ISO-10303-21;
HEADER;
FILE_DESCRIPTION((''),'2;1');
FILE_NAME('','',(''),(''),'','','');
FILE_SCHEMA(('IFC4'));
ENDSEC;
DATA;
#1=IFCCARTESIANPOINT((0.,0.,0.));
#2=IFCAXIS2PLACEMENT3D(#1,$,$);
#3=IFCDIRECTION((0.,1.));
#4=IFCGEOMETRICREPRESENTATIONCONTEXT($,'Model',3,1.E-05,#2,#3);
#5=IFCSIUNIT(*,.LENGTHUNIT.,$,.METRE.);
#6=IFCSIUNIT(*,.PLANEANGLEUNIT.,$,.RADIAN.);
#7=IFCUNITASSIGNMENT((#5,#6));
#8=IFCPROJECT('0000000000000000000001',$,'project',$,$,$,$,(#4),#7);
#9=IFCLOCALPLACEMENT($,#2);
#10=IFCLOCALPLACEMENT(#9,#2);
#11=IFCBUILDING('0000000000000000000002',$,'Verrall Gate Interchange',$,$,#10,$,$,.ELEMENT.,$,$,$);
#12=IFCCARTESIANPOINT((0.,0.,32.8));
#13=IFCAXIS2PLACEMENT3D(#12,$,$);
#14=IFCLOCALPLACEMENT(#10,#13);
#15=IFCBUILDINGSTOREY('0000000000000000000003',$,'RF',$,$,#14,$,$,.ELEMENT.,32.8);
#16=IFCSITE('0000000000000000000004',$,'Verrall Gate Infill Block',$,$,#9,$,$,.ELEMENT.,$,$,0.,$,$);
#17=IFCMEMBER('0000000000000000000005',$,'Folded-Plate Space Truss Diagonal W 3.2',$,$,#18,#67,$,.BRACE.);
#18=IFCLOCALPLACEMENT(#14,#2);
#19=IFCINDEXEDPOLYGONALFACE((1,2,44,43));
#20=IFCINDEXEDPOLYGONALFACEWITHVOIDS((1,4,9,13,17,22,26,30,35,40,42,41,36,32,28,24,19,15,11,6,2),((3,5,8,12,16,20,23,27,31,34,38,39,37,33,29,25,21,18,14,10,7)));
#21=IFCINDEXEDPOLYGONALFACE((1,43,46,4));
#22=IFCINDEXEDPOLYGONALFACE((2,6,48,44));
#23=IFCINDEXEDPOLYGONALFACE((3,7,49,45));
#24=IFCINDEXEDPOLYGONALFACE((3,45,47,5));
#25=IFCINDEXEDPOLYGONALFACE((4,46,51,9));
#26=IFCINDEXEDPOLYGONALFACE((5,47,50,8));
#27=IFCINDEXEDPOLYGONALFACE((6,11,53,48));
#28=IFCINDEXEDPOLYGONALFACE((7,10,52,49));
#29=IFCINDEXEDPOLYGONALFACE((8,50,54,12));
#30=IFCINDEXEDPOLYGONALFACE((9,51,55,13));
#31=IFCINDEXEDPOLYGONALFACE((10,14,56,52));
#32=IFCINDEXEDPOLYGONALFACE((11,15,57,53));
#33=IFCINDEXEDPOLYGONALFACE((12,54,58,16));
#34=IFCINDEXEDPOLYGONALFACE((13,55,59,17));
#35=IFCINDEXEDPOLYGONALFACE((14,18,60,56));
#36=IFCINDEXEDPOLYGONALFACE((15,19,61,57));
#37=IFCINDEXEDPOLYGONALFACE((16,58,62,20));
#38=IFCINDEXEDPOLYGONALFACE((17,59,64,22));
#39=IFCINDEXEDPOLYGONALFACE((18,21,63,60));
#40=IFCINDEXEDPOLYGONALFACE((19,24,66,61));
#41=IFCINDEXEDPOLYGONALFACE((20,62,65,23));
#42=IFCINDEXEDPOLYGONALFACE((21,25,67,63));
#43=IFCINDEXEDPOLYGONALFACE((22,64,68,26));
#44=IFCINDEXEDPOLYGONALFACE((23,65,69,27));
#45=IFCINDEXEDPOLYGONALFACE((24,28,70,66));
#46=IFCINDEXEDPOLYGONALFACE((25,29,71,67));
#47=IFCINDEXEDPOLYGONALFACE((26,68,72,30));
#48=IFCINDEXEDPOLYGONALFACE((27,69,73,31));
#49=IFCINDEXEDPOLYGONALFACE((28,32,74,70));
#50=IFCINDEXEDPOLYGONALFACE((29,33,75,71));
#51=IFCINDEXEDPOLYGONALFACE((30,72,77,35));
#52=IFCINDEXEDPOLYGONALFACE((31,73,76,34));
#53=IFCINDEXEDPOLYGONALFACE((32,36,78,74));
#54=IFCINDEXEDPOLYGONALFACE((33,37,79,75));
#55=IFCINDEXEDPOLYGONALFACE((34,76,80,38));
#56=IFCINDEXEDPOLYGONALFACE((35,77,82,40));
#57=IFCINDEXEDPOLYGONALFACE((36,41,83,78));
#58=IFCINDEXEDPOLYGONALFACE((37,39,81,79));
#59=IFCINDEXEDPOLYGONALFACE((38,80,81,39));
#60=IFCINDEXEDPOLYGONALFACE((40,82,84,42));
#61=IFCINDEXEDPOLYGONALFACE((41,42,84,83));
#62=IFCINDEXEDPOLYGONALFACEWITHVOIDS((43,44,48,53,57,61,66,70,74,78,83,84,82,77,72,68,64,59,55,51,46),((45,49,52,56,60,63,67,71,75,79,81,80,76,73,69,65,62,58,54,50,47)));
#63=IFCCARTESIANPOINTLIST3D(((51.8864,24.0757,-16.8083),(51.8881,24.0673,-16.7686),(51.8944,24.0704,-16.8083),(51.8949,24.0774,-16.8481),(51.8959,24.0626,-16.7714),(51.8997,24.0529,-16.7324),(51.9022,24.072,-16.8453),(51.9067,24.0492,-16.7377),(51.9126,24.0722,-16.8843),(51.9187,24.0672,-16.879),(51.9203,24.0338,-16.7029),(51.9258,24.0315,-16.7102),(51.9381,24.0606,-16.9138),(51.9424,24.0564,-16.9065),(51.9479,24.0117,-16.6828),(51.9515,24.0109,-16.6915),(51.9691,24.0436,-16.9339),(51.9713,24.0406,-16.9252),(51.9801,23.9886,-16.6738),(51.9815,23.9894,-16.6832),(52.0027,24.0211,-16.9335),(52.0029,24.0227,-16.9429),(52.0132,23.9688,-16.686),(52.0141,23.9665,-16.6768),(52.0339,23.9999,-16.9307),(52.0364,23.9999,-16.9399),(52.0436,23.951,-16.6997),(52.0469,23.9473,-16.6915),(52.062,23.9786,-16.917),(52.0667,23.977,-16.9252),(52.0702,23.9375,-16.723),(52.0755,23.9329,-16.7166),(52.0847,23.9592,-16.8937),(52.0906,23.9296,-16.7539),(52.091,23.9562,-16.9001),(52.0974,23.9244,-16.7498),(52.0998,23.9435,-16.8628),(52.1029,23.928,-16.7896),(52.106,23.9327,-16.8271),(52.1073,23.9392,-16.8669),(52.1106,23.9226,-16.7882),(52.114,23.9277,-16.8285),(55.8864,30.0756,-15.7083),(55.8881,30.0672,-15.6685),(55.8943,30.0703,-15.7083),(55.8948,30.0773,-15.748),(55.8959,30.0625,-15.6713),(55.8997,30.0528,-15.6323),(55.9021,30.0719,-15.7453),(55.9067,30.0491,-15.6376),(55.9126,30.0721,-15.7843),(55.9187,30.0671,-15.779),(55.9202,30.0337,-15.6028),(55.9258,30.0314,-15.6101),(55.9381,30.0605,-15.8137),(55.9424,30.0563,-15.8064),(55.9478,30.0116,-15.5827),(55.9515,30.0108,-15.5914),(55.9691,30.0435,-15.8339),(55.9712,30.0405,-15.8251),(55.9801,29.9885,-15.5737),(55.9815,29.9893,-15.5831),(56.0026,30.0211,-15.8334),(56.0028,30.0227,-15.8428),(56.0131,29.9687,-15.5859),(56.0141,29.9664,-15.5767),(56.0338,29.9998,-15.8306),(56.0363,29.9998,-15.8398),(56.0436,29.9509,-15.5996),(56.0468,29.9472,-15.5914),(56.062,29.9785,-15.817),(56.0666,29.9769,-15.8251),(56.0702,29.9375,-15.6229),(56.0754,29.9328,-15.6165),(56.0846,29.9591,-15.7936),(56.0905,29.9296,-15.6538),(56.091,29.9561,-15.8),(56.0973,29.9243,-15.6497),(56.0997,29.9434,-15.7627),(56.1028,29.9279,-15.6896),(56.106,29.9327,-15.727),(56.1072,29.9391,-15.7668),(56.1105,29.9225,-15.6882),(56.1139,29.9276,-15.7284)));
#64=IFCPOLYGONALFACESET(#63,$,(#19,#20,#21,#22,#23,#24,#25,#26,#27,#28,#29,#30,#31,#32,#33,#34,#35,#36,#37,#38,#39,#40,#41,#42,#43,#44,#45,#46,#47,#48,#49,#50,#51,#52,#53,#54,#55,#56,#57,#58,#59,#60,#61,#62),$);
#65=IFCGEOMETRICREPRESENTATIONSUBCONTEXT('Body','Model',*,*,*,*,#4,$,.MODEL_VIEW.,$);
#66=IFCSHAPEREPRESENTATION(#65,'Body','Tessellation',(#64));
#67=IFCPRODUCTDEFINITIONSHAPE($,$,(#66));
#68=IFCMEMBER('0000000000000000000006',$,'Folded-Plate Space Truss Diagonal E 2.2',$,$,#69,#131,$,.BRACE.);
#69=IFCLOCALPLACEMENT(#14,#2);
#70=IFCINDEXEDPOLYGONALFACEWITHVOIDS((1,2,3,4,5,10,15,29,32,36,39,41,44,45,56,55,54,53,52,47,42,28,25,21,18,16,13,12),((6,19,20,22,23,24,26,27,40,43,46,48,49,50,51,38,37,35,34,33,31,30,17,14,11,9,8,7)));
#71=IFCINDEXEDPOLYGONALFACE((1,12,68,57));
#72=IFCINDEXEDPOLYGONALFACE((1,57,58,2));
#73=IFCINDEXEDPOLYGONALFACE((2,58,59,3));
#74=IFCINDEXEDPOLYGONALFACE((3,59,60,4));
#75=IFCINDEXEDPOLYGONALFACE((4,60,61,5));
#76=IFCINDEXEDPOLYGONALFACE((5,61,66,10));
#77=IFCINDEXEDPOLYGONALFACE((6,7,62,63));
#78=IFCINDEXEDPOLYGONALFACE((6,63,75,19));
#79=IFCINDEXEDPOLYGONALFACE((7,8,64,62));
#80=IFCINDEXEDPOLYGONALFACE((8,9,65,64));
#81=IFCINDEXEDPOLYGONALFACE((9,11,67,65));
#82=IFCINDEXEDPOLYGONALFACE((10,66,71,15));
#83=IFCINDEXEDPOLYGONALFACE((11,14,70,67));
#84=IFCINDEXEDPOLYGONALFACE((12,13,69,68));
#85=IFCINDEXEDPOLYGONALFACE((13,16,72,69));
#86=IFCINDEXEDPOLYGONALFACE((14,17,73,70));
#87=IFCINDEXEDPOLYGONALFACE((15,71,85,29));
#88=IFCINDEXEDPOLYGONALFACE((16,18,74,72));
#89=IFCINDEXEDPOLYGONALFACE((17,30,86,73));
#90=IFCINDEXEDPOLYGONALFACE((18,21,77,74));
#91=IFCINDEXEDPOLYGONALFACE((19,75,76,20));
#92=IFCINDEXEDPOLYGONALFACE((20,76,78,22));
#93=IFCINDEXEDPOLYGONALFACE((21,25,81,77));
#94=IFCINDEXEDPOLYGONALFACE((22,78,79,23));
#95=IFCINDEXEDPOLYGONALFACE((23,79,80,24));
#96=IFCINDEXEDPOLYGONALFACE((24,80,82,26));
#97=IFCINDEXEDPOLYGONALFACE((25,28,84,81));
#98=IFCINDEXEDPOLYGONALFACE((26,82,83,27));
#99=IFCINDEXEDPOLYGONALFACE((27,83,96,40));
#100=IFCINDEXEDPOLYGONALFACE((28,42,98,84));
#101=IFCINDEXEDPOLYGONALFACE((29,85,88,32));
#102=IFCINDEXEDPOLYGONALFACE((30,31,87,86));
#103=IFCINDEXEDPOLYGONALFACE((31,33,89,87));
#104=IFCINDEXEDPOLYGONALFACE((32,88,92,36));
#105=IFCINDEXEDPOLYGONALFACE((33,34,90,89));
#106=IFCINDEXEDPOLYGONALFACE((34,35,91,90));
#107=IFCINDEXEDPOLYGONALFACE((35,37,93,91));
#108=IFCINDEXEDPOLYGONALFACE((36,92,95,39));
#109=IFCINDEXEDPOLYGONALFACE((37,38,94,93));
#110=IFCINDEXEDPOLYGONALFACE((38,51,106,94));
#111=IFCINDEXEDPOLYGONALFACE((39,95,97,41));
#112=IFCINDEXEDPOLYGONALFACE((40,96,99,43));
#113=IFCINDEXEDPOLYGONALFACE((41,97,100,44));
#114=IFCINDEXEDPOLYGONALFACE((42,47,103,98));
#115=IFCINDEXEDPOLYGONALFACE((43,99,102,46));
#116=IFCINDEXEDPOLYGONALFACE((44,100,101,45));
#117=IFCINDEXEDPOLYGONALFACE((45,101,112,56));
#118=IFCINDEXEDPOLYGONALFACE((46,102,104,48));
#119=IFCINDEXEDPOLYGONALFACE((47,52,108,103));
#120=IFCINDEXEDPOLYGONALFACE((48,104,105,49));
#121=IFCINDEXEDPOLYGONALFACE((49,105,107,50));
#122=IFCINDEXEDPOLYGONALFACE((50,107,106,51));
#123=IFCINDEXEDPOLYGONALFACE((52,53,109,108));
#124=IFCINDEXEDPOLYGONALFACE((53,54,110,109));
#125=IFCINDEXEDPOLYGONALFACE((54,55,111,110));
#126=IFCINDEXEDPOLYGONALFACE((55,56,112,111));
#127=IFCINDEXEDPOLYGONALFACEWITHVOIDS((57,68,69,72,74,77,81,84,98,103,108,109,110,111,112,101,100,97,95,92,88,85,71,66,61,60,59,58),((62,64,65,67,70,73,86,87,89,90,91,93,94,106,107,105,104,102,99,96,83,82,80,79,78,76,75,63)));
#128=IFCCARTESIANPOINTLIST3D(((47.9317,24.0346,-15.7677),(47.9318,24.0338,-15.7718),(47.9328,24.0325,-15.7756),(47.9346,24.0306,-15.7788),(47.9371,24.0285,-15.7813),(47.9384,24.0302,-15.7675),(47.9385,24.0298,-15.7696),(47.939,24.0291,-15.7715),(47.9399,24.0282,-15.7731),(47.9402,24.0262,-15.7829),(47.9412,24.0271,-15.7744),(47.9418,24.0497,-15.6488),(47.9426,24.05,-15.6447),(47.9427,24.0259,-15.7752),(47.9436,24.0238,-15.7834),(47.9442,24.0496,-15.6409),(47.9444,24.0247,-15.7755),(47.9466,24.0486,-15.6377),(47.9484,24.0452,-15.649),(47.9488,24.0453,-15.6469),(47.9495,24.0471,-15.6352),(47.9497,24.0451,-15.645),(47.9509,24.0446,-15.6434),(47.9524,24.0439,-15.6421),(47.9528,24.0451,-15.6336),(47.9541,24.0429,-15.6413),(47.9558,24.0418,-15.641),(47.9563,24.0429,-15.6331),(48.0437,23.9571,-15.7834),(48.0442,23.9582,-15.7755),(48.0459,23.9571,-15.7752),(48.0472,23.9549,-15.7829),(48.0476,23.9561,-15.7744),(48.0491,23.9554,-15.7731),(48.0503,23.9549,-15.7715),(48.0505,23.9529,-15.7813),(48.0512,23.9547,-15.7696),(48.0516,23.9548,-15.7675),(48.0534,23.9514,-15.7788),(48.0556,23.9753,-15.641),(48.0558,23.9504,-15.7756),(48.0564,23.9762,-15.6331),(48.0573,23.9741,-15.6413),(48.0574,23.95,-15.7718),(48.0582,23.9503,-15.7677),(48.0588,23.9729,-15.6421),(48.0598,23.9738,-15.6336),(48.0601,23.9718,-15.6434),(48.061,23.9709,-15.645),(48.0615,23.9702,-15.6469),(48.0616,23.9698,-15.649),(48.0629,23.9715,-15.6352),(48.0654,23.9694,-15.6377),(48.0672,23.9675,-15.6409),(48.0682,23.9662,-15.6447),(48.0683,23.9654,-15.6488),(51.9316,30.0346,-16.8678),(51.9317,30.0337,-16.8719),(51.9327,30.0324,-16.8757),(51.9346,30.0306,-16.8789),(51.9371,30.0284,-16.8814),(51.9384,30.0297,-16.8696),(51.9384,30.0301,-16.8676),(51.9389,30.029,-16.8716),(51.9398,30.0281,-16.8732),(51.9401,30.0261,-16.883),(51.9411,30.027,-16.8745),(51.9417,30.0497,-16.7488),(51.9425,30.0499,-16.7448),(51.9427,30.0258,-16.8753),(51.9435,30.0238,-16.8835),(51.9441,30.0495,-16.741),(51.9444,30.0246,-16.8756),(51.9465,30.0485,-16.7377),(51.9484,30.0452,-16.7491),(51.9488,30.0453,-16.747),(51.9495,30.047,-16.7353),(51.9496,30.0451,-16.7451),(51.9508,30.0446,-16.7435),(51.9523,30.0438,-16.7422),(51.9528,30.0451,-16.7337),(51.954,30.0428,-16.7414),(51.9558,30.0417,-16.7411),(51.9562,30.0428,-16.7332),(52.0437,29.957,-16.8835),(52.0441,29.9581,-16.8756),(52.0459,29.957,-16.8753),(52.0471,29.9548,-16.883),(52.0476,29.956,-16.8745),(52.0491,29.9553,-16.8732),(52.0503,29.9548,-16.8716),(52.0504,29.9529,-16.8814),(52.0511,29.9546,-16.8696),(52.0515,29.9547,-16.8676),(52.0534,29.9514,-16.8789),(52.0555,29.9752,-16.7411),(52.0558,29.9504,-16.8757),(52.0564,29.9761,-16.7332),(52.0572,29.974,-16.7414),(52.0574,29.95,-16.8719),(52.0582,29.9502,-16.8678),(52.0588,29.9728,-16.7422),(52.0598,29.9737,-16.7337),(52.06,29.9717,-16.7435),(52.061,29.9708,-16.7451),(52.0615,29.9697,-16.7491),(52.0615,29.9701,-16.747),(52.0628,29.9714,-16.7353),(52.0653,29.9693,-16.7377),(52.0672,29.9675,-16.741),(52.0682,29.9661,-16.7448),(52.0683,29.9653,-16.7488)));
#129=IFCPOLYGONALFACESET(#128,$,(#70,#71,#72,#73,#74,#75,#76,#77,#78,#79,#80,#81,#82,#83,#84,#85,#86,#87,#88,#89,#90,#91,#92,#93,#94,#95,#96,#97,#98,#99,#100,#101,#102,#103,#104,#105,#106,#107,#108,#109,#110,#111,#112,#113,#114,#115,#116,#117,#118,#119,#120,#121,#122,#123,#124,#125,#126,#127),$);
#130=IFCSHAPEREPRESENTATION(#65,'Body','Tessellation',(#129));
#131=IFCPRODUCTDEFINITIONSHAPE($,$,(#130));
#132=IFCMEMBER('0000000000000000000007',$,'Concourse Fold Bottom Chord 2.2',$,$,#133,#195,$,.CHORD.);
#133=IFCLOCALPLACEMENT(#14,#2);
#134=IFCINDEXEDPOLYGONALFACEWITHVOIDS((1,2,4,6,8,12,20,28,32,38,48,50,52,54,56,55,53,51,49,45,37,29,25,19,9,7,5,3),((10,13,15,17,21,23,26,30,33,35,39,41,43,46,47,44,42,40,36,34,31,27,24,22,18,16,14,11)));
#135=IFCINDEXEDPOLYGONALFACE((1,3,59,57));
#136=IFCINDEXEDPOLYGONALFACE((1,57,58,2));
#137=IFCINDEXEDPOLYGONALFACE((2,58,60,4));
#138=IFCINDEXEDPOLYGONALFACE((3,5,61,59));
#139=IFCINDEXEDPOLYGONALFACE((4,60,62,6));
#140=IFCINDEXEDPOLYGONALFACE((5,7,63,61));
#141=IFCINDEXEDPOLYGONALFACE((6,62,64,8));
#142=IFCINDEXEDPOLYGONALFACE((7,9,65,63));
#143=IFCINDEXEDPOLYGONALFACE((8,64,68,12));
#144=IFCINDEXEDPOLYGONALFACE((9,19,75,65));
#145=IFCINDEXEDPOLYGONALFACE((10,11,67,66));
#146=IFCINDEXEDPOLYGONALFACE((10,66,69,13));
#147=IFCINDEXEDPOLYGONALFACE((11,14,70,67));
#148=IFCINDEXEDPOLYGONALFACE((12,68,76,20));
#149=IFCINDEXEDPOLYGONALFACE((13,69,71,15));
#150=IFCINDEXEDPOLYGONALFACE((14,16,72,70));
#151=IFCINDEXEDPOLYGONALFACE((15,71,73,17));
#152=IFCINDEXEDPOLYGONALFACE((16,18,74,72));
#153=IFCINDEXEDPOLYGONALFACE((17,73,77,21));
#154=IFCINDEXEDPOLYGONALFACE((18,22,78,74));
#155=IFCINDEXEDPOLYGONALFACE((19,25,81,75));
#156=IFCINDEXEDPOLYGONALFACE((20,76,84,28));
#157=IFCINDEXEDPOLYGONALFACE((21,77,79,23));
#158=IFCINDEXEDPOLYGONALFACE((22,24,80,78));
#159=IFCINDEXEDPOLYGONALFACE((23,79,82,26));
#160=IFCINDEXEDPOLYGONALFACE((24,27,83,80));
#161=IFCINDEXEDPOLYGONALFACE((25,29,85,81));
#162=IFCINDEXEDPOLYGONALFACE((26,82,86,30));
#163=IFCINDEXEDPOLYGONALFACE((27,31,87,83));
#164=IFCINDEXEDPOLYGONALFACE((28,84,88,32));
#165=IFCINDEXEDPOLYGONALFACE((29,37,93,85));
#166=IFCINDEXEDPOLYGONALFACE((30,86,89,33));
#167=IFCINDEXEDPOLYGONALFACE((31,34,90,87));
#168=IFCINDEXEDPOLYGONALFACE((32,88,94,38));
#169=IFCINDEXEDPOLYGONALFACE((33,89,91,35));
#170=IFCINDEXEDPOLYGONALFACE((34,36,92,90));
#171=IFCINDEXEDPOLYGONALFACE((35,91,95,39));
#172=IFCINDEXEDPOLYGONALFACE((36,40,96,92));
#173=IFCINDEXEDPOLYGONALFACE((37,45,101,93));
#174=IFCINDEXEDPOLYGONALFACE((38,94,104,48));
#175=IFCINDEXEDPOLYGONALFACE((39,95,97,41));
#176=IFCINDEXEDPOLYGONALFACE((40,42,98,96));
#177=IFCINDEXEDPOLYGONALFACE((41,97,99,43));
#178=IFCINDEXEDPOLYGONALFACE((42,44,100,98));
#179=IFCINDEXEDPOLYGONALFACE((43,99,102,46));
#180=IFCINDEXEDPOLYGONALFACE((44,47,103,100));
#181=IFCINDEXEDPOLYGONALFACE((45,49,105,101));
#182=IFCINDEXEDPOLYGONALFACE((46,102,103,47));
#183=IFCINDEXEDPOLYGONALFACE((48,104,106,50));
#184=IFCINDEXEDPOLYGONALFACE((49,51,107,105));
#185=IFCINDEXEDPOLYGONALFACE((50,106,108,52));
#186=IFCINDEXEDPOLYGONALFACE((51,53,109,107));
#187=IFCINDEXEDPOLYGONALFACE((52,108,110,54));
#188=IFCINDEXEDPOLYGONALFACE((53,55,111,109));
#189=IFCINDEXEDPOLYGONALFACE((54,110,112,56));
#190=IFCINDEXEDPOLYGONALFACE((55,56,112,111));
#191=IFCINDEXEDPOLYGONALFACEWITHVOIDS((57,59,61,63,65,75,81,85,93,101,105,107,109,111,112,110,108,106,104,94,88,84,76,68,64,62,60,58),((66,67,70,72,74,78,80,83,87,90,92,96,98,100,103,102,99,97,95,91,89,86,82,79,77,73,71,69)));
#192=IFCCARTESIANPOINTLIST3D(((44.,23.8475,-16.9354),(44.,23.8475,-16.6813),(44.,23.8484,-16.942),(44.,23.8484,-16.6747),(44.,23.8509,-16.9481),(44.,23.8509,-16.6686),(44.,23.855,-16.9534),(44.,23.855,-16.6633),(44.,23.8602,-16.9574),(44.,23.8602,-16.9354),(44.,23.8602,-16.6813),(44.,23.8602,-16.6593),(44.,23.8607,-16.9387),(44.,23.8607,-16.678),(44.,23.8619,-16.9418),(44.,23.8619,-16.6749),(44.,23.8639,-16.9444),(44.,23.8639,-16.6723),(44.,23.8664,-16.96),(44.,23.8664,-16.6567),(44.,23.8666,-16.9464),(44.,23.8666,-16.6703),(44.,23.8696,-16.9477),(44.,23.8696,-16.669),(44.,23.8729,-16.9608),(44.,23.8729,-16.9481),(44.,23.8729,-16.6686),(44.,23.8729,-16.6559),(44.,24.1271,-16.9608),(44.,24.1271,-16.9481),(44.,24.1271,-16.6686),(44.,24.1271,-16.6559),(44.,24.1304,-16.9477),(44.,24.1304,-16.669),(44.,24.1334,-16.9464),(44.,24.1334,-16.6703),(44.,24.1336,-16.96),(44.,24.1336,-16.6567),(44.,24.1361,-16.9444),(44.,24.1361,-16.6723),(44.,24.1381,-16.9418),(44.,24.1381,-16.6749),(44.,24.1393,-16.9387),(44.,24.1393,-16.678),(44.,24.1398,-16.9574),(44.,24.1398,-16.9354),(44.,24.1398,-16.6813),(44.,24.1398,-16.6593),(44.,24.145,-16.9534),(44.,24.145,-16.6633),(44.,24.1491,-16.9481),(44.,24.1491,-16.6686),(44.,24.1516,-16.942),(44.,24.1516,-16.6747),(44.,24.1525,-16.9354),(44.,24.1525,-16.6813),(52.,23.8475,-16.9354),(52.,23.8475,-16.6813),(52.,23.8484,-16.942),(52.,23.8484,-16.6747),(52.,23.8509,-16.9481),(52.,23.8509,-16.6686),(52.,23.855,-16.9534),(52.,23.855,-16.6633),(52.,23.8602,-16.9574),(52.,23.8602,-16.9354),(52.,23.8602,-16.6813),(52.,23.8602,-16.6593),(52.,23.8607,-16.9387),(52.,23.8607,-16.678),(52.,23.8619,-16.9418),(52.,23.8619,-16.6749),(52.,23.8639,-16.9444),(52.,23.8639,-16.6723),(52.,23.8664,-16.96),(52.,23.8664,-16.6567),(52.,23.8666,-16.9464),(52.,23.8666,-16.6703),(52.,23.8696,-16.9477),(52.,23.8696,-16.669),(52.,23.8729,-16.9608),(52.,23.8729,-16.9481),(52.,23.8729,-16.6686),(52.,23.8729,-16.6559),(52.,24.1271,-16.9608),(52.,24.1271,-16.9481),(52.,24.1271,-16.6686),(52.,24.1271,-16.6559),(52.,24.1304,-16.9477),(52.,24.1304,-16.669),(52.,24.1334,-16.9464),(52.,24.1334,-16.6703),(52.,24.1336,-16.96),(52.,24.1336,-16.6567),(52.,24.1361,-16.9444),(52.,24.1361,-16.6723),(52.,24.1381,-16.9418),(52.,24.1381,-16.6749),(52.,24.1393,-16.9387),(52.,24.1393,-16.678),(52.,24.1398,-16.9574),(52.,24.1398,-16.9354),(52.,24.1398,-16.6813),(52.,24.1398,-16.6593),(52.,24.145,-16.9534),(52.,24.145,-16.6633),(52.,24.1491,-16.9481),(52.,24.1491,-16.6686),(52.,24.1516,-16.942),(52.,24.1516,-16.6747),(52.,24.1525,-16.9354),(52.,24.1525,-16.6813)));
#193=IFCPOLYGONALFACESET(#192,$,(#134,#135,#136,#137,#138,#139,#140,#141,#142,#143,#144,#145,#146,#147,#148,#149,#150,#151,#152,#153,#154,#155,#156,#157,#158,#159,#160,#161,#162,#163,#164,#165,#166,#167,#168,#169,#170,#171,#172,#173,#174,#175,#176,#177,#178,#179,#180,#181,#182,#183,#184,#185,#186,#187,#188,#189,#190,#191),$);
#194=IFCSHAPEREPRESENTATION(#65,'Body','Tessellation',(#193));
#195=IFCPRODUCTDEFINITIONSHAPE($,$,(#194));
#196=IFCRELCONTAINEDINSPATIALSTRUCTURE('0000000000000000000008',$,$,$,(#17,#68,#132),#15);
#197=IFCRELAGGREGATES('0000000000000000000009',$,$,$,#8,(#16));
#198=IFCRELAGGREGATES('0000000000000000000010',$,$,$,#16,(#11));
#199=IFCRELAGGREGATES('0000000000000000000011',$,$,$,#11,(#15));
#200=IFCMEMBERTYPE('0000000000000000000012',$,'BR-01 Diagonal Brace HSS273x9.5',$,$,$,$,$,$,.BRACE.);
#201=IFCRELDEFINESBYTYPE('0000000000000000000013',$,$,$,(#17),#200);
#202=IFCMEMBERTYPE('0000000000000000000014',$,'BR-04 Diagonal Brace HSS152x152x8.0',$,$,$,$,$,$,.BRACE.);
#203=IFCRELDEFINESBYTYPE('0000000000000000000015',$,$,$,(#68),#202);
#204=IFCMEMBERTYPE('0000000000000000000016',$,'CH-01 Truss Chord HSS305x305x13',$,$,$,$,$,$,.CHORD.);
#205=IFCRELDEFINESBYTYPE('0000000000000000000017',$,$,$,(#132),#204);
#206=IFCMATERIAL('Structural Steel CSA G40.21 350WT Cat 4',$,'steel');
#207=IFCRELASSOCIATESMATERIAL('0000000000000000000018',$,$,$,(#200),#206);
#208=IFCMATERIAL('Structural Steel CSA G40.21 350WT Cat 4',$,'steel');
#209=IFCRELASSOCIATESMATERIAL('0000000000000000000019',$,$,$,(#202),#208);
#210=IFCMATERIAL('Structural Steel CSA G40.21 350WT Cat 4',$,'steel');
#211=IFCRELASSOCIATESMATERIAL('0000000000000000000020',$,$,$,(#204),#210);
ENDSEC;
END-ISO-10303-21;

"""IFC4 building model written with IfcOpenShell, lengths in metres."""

from ifc_helpers import new_model, si_unit, direction, frame, origin, origin_2d, place, context, subcontext, project, spatial, hollow_rectangle, hollow_circle, extrude, material, material_profile, profile_set, type_object, element, save


model = new_model("IFC4")

# Units and contexts
model_context = context("Model", 3, precision=1e-05, world=origin(), true_north=direction((0.0, 1.0)))
body_context = subcontext(model_context, "Body", "Model", "MODEL_VIEW")
ifc_project = project(units=[si_unit("LENGTHUNIT", "METRE"), si_unit("PLANEANGLEUNIT", "RADIAN")], contexts=[model_context])

# Site, building, storey
site_placement = place(None, origin())
site = spatial("IfcSite", under=ifc_project, at=site_placement, Name="Verrall Gate Infill Block", CompositionType="ELEMENT", RefElevation=0.0)
building_placement = place(site_placement, origin())
building = spatial("IfcBuilding", under=site, at=building_placement, Name="Verrall Gate Interchange", CompositionType="ELEMENT")
storey_placement = place(building_placement, frame((0.0, 0.0, 32.8)))
storey = spatial("IfcBuildingStorey", under=building, at=storey_placement, Name="RF", CompositionType="ELEMENT", Elevation=32.8)

# Members
ifc_material_1 = material(Name="Structural Steel CSA G40.21 350WT Cat 4", Category="steel")
ifc_material_profile_1 = material_profile(ifc_material_1, hollow_circle(Radius=0.1365, WallThickness=0.0095, at=origin_2d()), Name="HSS273x9.5")
ifc_profile_set_1 = profile_set([ifc_material_profile_1], Name="Structural Steel CSA G40.21 350WT Cat 4")
member_type_1 = type_object("IfcMemberType", Name="BR-01 Diagonal Brace HSS273x9.5", PredefinedType="BRACE", material=ifc_profile_set_1)
for number, where, z_axis, x_axis, name in (
    (1, (52.0, 24.0, -16.8083), (0.548356, 0.822534, 0.150811), (-0.83205, 0.5547, 0.0), "Folded-Plate Space Truss Diagonal W 3.2"),
):
    element("IfcMember", number, at=place(storey_placement, frame(where, z_axis=z_axis, x_axis=x_axis)), inside=storey, type_object=member_type_1, Name=name, PredefinedType="BRACE", context=body_context, shape_type="SweptSolid", body=[
        extrude(hollow_circle(Radius=0.1365, WallThickness=0.0095, at=origin_2d()), origin(), (0.0, 0.0, 1.0), 7.2944),
    ])
ifc_material_2 = material(Name="Structural Steel CSA G40.21 350WT Cat 4", Category="steel")
ifc_material_profile_2 = material_profile(ifc_material_2, hollow_rectangle(XDim=0.1521, YDim=0.1521, WallThickness=0.0081, InnerFilletRadius=0.0081, OuterFilletRadius=0.0159, at=origin_2d()), Name="HSS152x152x8.0")
ifc_profile_set_2 = profile_set([ifc_material_profile_2], Name="Structural Steel CSA G40.21 350WT Cat 4")
member_type_2 = type_object("IfcMemberType", Name="BR-04 Diagonal Brace HSS152x152x8.0", PredefinedType="BRACE", material=ifc_profile_set_2)
member_1_placement = place(storey_placement, frame((48.0, 24.0, -15.7083), z_axis=(0.548356, 0.822534, -0.150811), x_axis=(-0.83205, 0.5547, 0.0)))
element("IfcMember", 2, at=member_1_placement, inside=storey, type_object=member_type_2, Name="Folded-Plate Space Truss Diagonal E 2.2", PredefinedType="BRACE", context=body_context, shape_type="SweptSolid", body=[
    extrude(hollow_rectangle(XDim=0.1521, YDim=0.1521, WallThickness=0.0081, InnerFilletRadius=0.0081, OuterFilletRadius=0.0159, at=origin_2d()), origin(), (0.0, 0.0, 1.0), 7.2944),
])
ifc_material_3 = material(Name="Structural Steel CSA G40.21 350WT Cat 4", Category="steel")
ifc_material_profile_3 = material_profile(ifc_material_3, hollow_rectangle(XDim=0.3049, YDim=0.3049, WallThickness=0.0127, InnerFilletRadius=0.0127, OuterFilletRadius=0.0254, at=origin_2d()), Name="HSS305x305x13")
ifc_profile_set_3 = profile_set([ifc_material_profile_3], Name="Structural Steel CSA G40.21 350WT Cat 4")
member_type_3 = type_object("IfcMemberType", Name="CH-01 Truss Chord HSS305x305x13", PredefinedType="CHORD", material=ifc_profile_set_3)
for number, where, z_axis, x_axis, name in (
    (3, (44.0, 24.0, -16.8083), (1.0, 0.0, 0.0), (0.0, 1.0, 0.0), "Concourse Fold Bottom Chord 2.2"),
):
    element("IfcMember", number, at=place(storey_placement, frame(where, z_axis=z_axis, x_axis=x_axis)), inside=storey, type_object=member_type_3, Name=name, PredefinedType="CHORD", context=body_context, shape_type="SweptSolid", body=[
        extrude(hollow_rectangle(XDim=0.3049, YDim=0.3049, WallThickness=0.0127, InnerFilletRadius=0.0127, OuterFilletRadius=0.0254, at=origin_2d()), origin(), (0.0, 0.0, 1.0), 8.0),
    ])

save(model, "model.ifc")
